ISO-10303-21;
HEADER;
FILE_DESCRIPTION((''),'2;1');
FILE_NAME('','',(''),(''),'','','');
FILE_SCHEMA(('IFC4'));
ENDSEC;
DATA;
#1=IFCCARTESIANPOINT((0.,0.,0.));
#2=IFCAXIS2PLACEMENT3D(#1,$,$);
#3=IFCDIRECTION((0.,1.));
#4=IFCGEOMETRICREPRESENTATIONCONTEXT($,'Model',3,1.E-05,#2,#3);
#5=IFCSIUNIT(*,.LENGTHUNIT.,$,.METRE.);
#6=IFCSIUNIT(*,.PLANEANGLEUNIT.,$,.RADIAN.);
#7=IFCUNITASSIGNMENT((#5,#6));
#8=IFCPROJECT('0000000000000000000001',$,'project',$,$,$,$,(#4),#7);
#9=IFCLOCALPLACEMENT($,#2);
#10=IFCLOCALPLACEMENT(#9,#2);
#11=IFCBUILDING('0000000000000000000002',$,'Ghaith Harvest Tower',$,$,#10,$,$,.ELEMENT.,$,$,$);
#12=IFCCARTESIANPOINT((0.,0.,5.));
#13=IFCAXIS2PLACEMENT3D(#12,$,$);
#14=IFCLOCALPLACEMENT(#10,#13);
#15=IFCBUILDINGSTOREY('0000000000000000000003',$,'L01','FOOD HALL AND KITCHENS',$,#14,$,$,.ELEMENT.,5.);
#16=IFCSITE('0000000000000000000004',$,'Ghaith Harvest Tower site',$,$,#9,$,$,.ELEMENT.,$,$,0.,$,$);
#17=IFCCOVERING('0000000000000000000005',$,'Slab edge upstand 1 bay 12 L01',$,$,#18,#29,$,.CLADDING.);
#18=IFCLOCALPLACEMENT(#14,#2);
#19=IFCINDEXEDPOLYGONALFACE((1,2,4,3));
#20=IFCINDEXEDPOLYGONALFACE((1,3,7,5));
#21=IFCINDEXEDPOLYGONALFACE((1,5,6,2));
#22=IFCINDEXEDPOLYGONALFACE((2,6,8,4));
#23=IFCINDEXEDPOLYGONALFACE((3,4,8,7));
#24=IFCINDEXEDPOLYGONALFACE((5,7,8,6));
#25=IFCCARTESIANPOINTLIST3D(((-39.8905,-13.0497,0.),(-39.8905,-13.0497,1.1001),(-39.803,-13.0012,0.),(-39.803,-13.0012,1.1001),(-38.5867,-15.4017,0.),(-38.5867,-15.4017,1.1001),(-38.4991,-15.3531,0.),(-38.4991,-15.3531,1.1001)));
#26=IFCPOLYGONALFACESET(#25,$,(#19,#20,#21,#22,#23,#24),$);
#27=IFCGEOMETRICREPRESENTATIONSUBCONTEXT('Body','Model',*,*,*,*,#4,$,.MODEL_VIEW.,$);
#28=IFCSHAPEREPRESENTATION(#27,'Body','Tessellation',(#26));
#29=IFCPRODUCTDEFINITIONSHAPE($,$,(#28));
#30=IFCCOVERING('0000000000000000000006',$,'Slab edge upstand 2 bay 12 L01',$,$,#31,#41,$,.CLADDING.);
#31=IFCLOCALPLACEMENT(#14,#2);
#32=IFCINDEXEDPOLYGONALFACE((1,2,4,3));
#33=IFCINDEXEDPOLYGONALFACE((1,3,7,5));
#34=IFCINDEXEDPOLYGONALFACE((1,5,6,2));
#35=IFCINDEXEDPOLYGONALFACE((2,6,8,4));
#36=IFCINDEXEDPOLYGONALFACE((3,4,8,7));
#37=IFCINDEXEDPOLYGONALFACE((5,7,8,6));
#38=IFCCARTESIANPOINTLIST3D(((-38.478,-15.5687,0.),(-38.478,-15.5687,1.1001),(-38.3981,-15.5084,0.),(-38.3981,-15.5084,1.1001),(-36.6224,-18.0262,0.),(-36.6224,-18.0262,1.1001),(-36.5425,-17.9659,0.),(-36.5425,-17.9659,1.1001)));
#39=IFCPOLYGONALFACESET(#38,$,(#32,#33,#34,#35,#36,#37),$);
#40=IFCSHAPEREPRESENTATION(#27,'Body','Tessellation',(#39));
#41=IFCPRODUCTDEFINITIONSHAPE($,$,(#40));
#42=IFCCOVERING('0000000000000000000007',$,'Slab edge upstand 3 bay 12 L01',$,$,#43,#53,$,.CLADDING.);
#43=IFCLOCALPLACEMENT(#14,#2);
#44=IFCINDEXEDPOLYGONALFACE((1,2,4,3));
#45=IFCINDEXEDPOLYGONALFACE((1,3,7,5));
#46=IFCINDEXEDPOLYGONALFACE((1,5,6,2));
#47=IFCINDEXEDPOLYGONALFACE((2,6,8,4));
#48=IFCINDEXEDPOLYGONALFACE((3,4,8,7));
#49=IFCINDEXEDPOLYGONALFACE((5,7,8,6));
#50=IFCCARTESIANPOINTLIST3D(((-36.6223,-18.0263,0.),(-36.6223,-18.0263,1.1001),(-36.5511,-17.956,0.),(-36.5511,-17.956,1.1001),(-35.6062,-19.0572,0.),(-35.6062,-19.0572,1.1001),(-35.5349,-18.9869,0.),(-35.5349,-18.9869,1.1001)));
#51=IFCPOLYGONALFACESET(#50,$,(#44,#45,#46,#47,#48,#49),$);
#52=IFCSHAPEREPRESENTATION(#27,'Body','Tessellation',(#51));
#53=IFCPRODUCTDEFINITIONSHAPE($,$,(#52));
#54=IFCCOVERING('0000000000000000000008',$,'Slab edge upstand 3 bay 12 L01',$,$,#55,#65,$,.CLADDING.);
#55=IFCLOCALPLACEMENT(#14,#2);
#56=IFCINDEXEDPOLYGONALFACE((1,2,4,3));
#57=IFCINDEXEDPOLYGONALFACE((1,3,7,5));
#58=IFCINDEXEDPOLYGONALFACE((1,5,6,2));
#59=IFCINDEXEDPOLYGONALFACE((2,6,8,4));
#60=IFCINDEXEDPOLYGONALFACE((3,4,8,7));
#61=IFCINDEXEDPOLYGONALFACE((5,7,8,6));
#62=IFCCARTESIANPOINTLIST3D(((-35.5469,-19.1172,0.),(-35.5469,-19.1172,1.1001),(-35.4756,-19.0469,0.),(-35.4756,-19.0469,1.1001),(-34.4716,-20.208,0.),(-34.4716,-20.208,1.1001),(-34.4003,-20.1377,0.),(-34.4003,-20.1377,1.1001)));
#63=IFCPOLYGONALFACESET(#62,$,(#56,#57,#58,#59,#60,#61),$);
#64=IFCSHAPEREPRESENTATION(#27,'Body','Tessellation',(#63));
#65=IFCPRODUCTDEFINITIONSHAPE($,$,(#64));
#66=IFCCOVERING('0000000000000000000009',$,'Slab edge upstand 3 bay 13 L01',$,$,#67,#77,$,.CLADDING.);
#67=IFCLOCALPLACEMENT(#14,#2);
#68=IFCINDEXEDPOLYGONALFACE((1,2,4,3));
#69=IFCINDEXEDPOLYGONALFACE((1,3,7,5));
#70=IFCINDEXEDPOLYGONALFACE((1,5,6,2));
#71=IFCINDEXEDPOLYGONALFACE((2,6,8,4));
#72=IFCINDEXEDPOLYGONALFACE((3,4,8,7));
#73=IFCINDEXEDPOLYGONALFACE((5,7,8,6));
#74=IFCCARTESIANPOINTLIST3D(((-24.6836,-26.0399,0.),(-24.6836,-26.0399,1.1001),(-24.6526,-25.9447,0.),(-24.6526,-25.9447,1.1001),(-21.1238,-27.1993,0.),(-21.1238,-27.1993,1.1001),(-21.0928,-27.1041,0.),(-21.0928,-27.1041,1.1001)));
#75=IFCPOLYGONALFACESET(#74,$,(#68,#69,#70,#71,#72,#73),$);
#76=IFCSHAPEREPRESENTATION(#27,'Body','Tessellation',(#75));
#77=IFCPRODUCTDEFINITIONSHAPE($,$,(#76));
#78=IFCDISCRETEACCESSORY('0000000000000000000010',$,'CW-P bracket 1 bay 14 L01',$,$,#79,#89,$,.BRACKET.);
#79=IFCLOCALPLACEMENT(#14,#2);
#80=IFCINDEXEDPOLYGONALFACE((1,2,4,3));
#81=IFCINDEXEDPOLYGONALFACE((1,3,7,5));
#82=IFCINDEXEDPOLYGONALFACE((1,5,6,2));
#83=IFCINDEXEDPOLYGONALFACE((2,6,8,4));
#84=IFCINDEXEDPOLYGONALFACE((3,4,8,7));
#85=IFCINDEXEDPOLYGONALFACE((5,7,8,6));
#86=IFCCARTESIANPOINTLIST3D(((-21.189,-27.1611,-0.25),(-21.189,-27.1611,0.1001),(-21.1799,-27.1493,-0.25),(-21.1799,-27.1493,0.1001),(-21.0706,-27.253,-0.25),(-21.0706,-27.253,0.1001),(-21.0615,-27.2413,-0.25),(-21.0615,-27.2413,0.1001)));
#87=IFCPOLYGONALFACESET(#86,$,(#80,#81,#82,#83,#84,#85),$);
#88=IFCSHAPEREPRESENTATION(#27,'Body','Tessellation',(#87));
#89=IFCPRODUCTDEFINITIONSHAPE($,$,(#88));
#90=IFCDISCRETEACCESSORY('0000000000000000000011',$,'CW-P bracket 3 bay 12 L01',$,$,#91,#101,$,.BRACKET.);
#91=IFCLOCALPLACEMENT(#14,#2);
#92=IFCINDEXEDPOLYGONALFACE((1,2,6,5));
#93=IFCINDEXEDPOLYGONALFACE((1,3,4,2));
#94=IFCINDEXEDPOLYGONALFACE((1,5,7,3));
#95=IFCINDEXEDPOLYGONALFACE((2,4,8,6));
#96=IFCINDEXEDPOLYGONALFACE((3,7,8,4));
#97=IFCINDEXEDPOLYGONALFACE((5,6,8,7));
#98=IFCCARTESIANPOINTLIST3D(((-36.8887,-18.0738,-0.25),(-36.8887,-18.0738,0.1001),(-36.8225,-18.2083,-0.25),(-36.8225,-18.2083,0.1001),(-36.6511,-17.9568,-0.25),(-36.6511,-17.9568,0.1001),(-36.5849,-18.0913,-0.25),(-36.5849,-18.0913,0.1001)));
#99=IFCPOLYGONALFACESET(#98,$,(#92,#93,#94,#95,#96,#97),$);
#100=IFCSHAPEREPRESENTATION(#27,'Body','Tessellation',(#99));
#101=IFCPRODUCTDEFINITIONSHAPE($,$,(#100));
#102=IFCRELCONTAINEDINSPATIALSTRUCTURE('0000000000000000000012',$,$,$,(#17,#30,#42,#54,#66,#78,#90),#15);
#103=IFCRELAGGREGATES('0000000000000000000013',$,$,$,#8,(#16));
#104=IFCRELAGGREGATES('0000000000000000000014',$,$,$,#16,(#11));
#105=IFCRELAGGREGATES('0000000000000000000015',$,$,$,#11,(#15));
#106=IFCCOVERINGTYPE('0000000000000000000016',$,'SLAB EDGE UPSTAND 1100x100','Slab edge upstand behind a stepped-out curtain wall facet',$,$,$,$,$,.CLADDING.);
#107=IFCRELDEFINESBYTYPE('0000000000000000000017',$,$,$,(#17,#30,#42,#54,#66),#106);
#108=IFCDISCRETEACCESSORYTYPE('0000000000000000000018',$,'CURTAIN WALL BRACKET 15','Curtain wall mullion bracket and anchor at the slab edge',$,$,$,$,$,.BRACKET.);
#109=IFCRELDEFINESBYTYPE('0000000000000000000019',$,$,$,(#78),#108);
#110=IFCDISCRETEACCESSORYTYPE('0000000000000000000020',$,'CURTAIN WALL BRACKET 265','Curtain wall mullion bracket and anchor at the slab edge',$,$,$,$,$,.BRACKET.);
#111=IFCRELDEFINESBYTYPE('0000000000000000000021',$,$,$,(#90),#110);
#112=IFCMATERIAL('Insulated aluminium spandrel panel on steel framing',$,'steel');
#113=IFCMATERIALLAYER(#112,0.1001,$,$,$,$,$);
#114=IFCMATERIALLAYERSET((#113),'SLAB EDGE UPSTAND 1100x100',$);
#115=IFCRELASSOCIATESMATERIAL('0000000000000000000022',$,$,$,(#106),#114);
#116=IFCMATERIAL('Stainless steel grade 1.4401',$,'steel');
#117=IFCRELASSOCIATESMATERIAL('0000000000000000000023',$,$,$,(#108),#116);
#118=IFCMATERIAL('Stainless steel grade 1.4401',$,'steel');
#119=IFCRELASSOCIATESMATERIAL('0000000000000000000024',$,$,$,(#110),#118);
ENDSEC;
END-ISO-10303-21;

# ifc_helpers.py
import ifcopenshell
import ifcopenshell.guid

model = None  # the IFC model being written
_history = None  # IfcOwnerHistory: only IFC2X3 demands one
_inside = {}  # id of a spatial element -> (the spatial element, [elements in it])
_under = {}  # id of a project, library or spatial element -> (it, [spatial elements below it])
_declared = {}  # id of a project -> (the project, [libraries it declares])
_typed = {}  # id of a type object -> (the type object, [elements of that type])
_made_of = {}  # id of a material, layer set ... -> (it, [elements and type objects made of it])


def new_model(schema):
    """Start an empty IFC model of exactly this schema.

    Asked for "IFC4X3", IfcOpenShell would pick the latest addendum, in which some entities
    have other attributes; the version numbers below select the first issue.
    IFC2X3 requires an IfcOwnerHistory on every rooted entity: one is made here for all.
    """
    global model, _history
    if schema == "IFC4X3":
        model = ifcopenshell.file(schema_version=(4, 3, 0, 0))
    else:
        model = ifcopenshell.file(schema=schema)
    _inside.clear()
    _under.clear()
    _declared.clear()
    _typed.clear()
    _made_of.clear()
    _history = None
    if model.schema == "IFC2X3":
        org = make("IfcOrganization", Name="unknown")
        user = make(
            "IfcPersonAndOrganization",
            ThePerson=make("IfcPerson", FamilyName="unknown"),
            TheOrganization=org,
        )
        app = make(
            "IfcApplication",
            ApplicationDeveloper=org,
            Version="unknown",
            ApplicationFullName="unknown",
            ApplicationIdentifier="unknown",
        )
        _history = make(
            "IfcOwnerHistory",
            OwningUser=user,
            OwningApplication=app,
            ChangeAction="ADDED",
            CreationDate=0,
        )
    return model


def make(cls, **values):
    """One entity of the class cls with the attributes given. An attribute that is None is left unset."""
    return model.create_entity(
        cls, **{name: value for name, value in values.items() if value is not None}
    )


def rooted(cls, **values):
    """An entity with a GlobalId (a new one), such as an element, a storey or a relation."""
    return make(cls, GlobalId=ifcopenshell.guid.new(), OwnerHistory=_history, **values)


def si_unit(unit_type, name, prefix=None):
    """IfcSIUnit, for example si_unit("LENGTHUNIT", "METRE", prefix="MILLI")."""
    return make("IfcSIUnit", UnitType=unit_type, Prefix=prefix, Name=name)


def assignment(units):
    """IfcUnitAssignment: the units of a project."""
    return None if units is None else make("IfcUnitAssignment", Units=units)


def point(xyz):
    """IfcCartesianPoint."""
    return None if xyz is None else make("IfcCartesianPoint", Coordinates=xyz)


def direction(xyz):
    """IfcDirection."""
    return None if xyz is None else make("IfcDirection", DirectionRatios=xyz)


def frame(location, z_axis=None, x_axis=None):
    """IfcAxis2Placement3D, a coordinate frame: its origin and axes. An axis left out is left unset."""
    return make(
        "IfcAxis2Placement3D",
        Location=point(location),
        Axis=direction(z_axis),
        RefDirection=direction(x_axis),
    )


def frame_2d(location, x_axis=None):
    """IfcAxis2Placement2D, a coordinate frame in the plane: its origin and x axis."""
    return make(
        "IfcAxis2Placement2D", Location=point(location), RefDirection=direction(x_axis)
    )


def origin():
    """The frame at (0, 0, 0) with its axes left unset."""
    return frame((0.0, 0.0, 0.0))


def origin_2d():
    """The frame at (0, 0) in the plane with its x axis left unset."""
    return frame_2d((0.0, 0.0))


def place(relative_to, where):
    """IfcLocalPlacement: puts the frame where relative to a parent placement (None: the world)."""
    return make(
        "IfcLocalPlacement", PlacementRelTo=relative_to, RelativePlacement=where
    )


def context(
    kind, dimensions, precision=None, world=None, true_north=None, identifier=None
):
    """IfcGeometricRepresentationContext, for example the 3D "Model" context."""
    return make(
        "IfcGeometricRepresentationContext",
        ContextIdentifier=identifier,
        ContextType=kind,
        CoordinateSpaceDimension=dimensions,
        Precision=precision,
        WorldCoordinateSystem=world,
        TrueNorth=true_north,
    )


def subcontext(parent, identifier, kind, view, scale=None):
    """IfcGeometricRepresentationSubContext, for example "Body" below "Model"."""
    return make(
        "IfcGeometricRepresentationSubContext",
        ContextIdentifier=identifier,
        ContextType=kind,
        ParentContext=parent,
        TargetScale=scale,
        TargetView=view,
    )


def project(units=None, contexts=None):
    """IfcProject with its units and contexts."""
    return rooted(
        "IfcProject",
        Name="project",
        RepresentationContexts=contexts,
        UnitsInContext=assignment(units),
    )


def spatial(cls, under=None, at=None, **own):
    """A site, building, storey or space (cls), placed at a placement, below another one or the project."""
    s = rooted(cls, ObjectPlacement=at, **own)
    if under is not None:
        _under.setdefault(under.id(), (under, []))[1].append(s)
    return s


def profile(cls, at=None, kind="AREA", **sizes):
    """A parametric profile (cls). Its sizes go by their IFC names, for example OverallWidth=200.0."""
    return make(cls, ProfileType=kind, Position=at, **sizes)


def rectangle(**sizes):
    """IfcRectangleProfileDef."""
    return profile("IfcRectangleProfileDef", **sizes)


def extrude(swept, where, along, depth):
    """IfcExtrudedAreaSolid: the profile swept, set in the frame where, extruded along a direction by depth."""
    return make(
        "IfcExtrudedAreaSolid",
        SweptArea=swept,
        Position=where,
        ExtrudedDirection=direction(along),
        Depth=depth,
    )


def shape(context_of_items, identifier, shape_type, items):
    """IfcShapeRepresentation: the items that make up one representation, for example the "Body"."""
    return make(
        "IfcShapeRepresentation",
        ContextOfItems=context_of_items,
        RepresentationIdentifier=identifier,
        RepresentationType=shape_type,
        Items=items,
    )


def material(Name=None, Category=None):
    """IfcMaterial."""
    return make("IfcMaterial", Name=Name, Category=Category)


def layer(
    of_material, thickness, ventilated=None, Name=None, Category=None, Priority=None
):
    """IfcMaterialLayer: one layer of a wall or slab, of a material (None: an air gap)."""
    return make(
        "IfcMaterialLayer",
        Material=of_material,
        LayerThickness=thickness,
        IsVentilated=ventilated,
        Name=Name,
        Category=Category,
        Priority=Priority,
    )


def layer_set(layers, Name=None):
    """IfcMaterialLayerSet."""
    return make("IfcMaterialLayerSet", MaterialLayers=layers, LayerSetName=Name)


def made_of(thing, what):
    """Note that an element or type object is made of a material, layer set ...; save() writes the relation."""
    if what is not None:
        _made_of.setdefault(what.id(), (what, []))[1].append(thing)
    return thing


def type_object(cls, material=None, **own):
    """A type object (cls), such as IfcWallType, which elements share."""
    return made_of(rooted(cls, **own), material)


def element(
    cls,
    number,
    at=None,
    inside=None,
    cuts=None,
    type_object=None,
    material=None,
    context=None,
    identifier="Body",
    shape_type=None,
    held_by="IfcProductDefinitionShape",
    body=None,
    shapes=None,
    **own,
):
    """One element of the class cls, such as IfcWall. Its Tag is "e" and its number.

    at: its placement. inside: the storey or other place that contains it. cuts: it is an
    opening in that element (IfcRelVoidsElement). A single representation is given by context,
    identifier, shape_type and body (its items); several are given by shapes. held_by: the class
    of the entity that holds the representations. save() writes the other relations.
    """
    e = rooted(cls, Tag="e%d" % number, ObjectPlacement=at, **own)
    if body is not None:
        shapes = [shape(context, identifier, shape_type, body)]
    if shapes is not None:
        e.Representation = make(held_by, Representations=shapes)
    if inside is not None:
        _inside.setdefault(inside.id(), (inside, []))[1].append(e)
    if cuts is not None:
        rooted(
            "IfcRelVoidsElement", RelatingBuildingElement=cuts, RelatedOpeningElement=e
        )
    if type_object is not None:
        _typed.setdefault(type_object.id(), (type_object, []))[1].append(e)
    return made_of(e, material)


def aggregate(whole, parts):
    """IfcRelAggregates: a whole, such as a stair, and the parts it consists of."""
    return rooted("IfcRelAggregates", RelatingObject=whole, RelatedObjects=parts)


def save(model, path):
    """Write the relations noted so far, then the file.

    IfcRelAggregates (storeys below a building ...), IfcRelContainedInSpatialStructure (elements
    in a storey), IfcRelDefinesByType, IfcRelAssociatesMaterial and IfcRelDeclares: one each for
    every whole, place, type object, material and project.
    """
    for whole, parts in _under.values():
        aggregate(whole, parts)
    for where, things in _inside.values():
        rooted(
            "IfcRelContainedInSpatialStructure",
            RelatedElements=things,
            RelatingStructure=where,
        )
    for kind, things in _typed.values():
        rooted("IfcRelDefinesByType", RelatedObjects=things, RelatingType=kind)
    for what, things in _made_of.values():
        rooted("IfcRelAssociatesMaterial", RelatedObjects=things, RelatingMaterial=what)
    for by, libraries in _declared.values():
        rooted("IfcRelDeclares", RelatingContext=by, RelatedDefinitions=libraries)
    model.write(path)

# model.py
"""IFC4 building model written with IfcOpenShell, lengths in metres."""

from ifc_helpers import new_model, si_unit, direction, frame, origin, origin_2d, place, context, subcontext, project, spatial, rectangle, extrude, material, layer, layer_set, type_object, element, save


model = new_model("IFC4")

# Units and contexts
model_context = context("Model", 3, precision=1e-05, world=origin(), true_north=direction((0.0, 1.0)))
body_context = subcontext(model_context, "Body", "Model", "MODEL_VIEW")
ifc_project = project(units=[si_unit("LENGTHUNIT", "METRE"), si_unit("PLANEANGLEUNIT", "RADIAN")], contexts=[model_context])

# Site, building, storey
site_placement = place(None, origin())
site = spatial("IfcSite", under=ifc_project, at=site_placement, Name="Ghaith Harvest Tower site", CompositionType="ELEMENT", RefElevation=0.0)
building_placement = place(site_placement, origin())
building = spatial("IfcBuilding", under=site, at=building_placement, Name="Ghaith Harvest Tower", CompositionType="ELEMENT")
storey_placement = place(building_placement, frame((0.0, 0.0, 5.0)))
storey = spatial("IfcBuildingStorey", under=building, at=storey_placement, Name="L01", Description="FOOD HALL AND KITCHENS", CompositionType="ELEMENT", Elevation=5.0)

# Coverings
ifc_material_1 = material(Name="Insulated aluminium spandrel panel on steel framing", Category="steel")
ifc_layer_1 = layer(ifc_material_1, 0.1001)
ifc_layer_set_1 = layer_set([ifc_layer_1], Name="SLAB EDGE UPSTAND 1100x100")
covering_type = type_object("IfcCoveringType", Name="SLAB EDGE UPSTAND 1100x100", Description="Slab edge upstand behind a stepped-out curtain wall facet", PredefinedType="CLADDING", material=ifc_layer_set_1)
covering_1_placement = place(storey_placement, frame((-39.1948, -14.2014, 0.0), z_axis=(0.0, 0.0, 1.0), x_axis=(0.484856, -0.874594, 0.0)))
element("IfcCovering", 1, at=covering_1_placement, inside=storey, type_object=covering_type, Name="Slab edge upstand 1 bay 12 L01", PredefinedType="CLADDING", context=body_context, shape_type="SweptSolid", body=[
    extrude(rectangle(XDim=2.6892, YDim=0.1001, at=origin_2d()), origin(), (0.0, 0.0, 1.0), 1.1001),
])
covering_2_placement = place(storey_placement, frame((-37.5103, -16.7673, 0.0), z_axis=(0.0, 0.0, 1.0), x_axis=(0.602577, -0.798061, 0.0)))
element("IfcCovering", 2, at=covering_2_placement, inside=storey, type_object=covering_type, Name="Slab edge upstand 2 bay 12 L01", PredefinedType="CLADDING", context=body_context, shape_type="SweptSolid", body=[
    extrude(rectangle(XDim=3.0793, YDim=0.1001, at=origin_2d()), origin(), (0.0, 0.0, 1.0), 1.1001),
])
covering_3_placement = place(storey_placement, frame((-36.0786, -18.5066, 0.0), z_axis=(0.0, 0.0, 1.0), x_axis=(0.702024, -0.712153, 0.0)))
element("IfcCovering", 3, at=covering_3_placement, inside=storey, type_object=covering_type, Name="Slab edge upstand 3 bay 12 L01", PredefinedType="CLADDING", context=body_context, shape_type="SweptSolid", body=[
    extrude(rectangle(XDim=1.4475, YDim=0.1001, at=origin_2d()), origin(), (0.0, 0.0, 1.0), 1.1001),
])
covering_4_placement = place(storey_placement, frame((-34.9736, -19.6274, 0.0), z_axis=(0.0, 0.0, 1.0), x_axis=(0.702024, -0.712153, 0.0)))
element("IfcCovering", 4, at=covering_4_placement, inside=storey, type_object=covering_type, Name="Slab edge upstand 3 bay 12 L01", PredefinedType="CLADDING", context=body_context, shape_type="SweptSolid", body=[
    extrude(rectangle(XDim=1.5317, YDim=0.1001, at=origin_2d()), origin(), (0.0, 0.0, 1.0), 1.1001),
])
covering_5_placement = place(storey_placement, frame((-22.8882, -26.572, 0.0), z_axis=(0.0, 0.0, 1.0), x_axis=(0.950843, -0.309673, 0.0)))
element("IfcCovering", 5, at=covering_5_placement, inside=storey, type_object=covering_type, Name="Slab edge upstand 3 bay 13 L01", PredefinedType="CLADDING", context=body_context, shape_type="SweptSolid", body=[
    extrude(rectangle(XDim=3.7439, YDim=0.1001, at=origin_2d()), origin(), (0.0, 0.0, 1.0), 1.1001),
])

# Discrete accessories
ifc_material_2 = material(Name="Stainless steel grade 1.4401", Category="steel")
discrete_accessory_type_1 = type_object("IfcDiscreteAccessoryType", Name="CURTAIN WALL BRACKET 15", Description="Curtain wall mullion bracket and anchor at the slab edge", PredefinedType="BRACKET", material=ifc_material_2)
discrete_accessory_1_placement = place(storey_placement, frame((-21.1252, -27.2012, -0.25), z_axis=(0.0, 0.0, 1.0), x_axis=(-0.613378, -0.78979, 0.0)))
element("IfcDiscreteAccessory", 6, at=discrete_accessory_1_placement, inside=storey, type_object=discrete_accessory_type_1, Name="CW-P bracket 1 bay 14 L01", PredefinedType="BRACKET", context=body_context, shape_type="SweptSolid", body=[
    extrude(rectangle(XDim=0.0149, YDim=0.1499, at=origin_2d()), origin(), (0.0, 0.0, 1.0), 0.3501),
])
ifc_material_3 = material(Name="Stainless steel grade 1.4401", Category="steel")
discrete_accessory_type_2 = type_object("IfcDiscreteAccessoryType", Name="CURTAIN WALL BRACKET 265", Description="Curtain wall mullion bracket and anchor at the slab edge", PredefinedType="BRACKET", material=ifc_material_3)
discrete_accessory_2_placement = place(storey_placement, frame((-36.7368, -18.0825, -0.25), z_axis=(0.0, 0.0, 1.0), x_axis=(-0.897201, -0.441622, 0.0)))
element("IfcDiscreteAccessory", 7, at=discrete_accessory_2_placement, inside=storey, type_object=discrete_accessory_type_2, Name="CW-P bracket 3 bay 12 L01", PredefinedType="BRACKET", context=body_context, shape_type="SweptSolid", body=[
    extrude(rectangle(XDim=0.2649, YDim=0.1499, at=origin_2d()), origin(), (0.0, 0.0, 1.0), 0.3501),
])

save(model, "model.ifc")
